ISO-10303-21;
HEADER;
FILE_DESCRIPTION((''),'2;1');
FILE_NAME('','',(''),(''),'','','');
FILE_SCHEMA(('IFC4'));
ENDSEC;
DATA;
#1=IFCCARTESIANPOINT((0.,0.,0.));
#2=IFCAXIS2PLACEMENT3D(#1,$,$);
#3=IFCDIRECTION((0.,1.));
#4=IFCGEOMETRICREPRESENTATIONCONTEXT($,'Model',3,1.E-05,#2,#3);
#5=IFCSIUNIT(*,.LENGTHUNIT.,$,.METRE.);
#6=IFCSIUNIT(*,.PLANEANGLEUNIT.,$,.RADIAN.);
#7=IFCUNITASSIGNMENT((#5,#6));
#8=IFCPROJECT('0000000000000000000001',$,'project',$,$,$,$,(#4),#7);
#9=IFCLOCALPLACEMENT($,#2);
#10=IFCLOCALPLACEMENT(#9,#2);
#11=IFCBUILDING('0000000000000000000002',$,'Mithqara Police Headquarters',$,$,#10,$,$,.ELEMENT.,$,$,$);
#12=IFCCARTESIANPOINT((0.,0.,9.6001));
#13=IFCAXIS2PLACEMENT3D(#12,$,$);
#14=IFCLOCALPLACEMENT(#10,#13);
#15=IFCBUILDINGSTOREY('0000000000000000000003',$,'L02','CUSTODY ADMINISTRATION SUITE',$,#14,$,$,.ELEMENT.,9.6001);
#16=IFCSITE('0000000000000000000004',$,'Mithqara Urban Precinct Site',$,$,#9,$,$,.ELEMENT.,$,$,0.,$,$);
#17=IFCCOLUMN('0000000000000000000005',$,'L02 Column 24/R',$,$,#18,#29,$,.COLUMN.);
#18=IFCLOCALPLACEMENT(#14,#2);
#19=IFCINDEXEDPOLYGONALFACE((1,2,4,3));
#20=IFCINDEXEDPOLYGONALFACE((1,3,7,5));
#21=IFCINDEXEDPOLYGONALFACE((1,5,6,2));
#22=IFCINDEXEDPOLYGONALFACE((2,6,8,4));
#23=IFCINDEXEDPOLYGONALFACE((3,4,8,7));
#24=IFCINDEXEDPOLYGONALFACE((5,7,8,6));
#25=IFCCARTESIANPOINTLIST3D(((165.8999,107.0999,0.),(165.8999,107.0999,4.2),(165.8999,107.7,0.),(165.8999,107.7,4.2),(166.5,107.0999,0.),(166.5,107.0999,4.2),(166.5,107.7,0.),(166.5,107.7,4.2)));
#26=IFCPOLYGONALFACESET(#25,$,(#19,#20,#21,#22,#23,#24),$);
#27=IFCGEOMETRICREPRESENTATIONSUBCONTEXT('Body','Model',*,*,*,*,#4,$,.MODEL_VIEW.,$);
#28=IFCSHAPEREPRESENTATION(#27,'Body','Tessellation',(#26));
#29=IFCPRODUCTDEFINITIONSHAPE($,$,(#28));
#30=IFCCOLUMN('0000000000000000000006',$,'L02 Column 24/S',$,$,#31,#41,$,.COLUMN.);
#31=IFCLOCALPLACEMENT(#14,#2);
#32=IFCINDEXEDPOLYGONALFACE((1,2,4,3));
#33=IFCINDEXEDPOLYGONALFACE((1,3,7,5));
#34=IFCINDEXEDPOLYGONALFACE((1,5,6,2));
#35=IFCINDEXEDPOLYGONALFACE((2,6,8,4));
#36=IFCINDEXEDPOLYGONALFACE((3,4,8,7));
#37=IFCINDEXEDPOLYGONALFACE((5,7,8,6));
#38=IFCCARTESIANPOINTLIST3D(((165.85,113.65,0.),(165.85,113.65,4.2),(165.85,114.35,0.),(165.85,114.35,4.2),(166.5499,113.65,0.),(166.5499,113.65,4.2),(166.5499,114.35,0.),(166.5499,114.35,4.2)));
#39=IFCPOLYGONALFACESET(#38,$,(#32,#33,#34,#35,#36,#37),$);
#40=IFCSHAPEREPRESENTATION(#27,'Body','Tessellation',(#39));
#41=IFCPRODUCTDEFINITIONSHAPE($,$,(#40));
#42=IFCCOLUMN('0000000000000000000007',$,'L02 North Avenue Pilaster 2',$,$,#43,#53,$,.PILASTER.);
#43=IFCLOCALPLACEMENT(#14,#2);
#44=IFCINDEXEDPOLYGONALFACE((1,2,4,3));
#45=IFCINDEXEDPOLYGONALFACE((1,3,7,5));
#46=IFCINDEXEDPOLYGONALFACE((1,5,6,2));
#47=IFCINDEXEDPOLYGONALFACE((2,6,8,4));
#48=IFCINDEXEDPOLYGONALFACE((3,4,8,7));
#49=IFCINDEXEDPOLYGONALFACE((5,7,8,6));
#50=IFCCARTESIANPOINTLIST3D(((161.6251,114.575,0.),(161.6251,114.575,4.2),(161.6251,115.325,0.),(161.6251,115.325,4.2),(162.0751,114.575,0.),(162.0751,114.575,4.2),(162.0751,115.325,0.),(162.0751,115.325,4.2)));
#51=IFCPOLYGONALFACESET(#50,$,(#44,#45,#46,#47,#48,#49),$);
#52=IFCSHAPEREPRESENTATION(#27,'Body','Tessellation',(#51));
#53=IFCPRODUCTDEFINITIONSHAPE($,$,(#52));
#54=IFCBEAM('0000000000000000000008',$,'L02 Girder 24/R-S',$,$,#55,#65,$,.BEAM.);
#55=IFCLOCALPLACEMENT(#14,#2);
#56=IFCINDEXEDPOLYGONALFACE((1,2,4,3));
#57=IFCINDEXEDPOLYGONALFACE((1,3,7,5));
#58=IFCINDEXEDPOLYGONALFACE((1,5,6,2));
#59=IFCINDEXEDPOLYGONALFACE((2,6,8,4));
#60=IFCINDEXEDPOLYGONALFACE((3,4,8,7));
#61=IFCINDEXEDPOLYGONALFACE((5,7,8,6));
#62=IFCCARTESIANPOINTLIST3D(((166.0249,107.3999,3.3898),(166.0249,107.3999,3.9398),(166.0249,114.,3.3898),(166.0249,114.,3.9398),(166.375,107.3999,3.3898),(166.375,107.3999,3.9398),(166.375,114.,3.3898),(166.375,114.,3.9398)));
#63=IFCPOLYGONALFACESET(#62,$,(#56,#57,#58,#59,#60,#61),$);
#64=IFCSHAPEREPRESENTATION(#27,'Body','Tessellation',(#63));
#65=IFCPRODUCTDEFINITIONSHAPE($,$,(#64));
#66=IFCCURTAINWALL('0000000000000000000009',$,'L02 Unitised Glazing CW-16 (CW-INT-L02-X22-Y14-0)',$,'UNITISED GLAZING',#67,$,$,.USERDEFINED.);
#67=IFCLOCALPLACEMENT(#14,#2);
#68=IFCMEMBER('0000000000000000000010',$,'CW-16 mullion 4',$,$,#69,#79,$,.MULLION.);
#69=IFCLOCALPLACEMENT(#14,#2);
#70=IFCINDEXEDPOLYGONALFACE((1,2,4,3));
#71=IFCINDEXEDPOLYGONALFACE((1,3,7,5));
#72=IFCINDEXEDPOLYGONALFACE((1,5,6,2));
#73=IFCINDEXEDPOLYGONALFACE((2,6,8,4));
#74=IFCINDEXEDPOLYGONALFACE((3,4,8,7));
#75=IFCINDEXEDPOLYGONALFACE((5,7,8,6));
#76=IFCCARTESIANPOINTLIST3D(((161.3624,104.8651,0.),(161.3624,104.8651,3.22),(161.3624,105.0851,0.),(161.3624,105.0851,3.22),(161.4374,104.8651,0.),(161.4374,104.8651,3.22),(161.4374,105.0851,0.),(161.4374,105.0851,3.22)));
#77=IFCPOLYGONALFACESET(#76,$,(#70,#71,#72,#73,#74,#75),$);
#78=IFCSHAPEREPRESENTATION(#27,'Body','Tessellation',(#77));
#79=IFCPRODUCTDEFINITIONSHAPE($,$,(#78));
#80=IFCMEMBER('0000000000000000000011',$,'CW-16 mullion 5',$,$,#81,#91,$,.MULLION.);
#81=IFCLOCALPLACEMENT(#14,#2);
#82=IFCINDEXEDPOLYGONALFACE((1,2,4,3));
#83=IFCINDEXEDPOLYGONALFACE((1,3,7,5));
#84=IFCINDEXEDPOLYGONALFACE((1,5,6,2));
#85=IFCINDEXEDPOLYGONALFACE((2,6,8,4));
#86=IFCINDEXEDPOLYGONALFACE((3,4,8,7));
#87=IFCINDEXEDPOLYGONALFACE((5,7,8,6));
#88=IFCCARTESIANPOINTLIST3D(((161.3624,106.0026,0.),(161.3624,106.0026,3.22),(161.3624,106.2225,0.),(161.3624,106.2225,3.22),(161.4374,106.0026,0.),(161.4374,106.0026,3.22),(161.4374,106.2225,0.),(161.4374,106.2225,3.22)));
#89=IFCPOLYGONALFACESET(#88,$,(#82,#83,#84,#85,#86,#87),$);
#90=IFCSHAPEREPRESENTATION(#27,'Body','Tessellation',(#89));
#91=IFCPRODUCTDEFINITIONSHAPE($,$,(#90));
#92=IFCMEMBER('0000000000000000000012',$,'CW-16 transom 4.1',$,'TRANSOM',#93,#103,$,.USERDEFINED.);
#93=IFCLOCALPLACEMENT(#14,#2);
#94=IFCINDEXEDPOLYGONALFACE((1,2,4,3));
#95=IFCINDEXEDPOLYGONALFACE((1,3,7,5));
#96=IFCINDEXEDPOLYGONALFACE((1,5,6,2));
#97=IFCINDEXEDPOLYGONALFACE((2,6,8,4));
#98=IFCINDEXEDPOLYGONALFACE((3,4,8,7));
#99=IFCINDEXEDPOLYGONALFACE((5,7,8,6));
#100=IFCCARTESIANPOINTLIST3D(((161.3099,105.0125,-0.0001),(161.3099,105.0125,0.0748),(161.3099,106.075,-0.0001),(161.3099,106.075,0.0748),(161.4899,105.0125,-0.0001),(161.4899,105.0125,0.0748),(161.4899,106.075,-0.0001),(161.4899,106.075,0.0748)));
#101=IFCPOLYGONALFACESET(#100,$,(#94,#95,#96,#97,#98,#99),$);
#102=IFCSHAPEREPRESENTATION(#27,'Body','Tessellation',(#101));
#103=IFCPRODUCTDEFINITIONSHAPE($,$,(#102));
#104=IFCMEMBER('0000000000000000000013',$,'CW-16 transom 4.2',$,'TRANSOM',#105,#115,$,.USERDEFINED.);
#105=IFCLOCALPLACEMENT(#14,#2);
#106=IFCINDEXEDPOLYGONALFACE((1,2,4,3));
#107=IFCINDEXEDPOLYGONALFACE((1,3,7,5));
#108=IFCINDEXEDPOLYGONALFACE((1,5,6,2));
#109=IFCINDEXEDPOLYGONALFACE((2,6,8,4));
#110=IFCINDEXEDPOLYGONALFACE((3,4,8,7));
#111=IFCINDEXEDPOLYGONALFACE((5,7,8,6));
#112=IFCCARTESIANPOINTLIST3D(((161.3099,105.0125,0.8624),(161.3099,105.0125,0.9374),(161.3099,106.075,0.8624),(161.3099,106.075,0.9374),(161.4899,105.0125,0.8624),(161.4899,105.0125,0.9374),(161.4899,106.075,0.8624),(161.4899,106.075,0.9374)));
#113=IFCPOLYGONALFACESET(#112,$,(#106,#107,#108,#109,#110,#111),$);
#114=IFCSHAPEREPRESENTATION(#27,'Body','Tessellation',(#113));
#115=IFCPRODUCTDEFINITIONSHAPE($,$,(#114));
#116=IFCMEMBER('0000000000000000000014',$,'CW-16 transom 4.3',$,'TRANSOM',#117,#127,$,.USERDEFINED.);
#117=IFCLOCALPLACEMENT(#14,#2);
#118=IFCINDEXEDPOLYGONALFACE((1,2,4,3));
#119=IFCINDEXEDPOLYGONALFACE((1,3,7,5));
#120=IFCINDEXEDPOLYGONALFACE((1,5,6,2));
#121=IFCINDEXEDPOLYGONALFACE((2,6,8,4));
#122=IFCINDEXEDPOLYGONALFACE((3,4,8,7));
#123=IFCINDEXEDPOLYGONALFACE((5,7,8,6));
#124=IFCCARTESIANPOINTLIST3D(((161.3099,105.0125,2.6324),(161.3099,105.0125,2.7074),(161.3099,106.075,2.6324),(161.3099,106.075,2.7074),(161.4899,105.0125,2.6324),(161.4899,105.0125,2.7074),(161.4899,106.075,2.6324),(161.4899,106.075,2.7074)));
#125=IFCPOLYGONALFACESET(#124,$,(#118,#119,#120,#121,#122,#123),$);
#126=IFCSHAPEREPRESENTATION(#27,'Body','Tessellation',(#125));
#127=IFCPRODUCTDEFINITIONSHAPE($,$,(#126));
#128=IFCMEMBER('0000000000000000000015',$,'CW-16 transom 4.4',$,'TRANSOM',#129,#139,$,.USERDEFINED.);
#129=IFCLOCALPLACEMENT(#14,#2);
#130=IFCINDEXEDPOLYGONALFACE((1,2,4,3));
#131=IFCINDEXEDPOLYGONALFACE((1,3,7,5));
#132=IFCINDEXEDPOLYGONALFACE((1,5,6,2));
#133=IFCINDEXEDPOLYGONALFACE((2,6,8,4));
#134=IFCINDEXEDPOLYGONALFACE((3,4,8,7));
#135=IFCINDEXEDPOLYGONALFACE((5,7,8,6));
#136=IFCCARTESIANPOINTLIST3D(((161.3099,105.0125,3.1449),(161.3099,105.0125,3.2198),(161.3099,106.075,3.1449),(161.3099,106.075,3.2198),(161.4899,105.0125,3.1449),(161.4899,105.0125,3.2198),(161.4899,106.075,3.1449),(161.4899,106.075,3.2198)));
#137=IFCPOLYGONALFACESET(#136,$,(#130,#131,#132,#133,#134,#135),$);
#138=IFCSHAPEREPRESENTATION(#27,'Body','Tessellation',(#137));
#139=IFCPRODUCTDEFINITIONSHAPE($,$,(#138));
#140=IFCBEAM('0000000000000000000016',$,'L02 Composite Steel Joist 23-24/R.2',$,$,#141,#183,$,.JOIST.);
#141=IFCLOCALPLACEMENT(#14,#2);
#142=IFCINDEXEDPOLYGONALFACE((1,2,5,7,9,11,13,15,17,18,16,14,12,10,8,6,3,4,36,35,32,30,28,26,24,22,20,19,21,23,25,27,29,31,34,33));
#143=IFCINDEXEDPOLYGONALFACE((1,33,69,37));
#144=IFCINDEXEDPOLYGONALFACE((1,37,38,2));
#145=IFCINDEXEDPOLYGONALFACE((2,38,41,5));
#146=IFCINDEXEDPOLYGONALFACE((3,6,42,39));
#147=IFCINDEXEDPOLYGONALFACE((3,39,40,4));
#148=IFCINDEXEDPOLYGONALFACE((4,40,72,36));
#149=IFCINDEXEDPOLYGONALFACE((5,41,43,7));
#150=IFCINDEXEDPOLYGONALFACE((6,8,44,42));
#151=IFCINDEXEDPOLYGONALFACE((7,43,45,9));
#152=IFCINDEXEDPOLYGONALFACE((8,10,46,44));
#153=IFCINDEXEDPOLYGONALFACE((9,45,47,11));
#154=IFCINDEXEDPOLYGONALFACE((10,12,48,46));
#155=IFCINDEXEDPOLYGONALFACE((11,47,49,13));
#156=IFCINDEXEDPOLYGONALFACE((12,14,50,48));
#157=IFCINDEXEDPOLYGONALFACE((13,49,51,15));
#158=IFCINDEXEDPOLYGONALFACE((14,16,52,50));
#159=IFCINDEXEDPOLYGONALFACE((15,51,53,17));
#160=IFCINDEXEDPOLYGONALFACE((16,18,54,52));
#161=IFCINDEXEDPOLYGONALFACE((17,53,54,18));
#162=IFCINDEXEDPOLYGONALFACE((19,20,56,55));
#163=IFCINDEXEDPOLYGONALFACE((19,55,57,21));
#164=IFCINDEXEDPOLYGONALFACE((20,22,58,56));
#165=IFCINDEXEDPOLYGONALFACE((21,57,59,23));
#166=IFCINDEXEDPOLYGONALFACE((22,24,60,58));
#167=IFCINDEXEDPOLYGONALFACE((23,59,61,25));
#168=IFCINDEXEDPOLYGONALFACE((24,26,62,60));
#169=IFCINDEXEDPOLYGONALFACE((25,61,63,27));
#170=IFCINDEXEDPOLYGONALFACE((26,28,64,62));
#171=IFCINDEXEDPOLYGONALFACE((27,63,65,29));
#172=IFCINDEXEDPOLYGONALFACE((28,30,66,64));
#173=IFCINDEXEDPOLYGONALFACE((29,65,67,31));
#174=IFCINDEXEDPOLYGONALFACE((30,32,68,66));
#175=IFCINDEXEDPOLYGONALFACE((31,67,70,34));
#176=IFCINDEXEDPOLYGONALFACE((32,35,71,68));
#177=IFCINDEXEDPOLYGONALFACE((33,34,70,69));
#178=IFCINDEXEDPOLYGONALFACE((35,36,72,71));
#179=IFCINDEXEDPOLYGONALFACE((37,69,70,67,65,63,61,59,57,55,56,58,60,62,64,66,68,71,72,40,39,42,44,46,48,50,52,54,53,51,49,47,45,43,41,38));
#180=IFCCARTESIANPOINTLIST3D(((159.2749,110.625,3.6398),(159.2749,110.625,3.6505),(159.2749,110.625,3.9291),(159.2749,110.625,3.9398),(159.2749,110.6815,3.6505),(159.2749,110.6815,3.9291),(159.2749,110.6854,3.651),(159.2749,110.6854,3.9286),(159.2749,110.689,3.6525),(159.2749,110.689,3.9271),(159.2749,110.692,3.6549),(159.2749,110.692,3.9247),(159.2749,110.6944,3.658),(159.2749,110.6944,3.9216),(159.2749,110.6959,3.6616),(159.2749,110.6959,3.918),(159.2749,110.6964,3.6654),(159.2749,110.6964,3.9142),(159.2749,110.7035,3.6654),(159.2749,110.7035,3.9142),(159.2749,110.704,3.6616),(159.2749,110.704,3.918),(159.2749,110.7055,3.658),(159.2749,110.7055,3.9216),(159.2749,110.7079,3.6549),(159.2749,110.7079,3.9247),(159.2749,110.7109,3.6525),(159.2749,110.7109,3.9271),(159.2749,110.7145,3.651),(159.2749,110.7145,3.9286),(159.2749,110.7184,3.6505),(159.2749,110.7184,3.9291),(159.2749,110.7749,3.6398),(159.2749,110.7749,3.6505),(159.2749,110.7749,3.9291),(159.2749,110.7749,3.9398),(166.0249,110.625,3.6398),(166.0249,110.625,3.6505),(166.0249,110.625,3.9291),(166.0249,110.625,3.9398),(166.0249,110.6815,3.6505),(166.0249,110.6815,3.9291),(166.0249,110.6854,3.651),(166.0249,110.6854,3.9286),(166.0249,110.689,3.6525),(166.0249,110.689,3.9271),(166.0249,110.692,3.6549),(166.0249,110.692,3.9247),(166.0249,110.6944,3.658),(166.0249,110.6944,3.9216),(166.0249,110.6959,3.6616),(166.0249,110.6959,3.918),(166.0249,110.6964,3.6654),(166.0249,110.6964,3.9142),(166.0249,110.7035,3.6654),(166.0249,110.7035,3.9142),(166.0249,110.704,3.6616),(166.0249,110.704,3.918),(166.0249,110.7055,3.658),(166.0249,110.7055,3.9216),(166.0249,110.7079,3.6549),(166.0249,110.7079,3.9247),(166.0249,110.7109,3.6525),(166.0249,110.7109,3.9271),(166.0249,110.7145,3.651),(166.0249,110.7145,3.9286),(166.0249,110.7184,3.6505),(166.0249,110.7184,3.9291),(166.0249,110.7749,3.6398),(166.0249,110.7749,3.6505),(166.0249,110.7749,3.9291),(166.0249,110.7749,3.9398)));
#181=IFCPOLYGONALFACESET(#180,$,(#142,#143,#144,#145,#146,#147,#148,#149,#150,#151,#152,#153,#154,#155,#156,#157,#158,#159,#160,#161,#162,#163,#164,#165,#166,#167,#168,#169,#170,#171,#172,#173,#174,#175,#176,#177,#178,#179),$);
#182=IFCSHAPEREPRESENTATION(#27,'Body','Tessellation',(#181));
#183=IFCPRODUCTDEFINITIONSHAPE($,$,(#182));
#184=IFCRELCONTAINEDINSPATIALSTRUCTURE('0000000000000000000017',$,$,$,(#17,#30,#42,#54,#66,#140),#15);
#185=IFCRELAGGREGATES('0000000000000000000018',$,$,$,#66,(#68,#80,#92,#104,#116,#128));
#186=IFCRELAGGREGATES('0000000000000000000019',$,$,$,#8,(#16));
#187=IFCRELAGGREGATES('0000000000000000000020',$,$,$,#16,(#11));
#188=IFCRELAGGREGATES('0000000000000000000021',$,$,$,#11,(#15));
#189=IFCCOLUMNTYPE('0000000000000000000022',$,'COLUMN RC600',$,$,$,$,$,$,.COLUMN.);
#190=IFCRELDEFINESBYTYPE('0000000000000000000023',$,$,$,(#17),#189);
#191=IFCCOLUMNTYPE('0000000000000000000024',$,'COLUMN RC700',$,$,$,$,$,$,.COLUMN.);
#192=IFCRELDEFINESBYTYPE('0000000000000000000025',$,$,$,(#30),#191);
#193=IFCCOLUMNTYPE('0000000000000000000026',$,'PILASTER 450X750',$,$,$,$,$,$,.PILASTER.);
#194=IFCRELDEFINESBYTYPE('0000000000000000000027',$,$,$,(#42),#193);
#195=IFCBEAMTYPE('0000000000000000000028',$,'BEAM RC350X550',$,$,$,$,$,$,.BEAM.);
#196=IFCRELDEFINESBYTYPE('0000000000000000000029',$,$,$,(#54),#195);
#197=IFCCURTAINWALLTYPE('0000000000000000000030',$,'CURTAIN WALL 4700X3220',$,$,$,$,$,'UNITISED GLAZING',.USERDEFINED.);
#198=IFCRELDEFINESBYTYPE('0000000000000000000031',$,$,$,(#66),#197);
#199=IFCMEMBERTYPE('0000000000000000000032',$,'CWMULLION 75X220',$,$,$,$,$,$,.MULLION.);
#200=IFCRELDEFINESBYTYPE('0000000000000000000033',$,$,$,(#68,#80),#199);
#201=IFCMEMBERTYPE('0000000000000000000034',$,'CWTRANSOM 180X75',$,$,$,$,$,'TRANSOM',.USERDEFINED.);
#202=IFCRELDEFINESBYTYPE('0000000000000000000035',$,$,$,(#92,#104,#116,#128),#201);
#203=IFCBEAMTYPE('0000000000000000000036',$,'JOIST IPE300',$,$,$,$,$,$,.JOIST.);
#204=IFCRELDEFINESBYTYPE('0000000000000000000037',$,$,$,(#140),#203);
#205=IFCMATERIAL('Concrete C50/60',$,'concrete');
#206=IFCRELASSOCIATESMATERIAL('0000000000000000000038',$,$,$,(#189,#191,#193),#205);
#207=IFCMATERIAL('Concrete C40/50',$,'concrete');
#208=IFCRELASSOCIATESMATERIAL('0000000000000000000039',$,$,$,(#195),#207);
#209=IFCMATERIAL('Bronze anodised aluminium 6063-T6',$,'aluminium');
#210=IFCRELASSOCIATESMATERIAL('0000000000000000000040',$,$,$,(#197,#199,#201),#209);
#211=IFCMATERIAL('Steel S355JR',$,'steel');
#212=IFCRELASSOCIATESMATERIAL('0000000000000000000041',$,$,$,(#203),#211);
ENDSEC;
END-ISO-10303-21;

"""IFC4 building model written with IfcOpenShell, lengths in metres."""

from ifc_helpers import new_model, si_unit, direction, frame, origin, origin_2d, place, context, subcontext, project, spatial, rectangle, i_section, extrude, material, material_profile, profile_set, type_object, element, aggregate, save


model = new_model("IFC4")

# Units and contexts
model_context = context("Model", 3, precision=1e-05, world=origin(), true_north=direction((0.0, 1.0)))
body_context = subcontext(model_context, "Body", "Model", "MODEL_VIEW")
ifc_project = project(units=[si_unit("LENGTHUNIT", "METRE"), si_unit("PLANEANGLEUNIT", "RADIAN")], contexts=[model_context])

# Site, building, storey
site_placement = place(None, origin())
site = spatial("IfcSite", under=ifc_project, at=site_placement, Name="Mithqara Urban Precinct Site", CompositionType="ELEMENT", RefElevation=0.0)
building_placement = place(site_placement, origin())
building = spatial("IfcBuilding", under=site, at=building_placement, Name="Mithqara Police Headquarters", CompositionType="ELEMENT")
storey_placement = place(building_placement, frame((0.0, 0.0, 9.6001)))
storey = spatial("IfcBuildingStorey", under=building, at=storey_placement, Name="L02", Description="CUSTODY ADMINISTRATION SUITE", CompositionType="ELEMENT", Elevation=9.6001)

# Columns
ifc_material_1 = material(Name="Concrete C50/60", Category="concrete")
ifc_material_profile_1 = material_profile(ifc_material_1, rectangle(XDim=0.6001, YDim=0.6001, at=origin_2d()), Name="RC 600x600")
ifc_profile_set_1 = profile_set([ifc_material_profile_1], Name="Concrete C50/60")
column_type_1 = type_object("IfcColumnType", Name="COLUMN RC600", PredefinedType="COLUMN", material=ifc_profile_set_1)
column_1_placement = place(storey_placement, frame((166.2, 107.3999, 0.0), z_axis=(0.0, 0.0, 1.0), x_axis=(1.0, 0.0, 0.0)))
element("IfcColumn", 1, at=column_1_placement, inside=storey, type_object=column_type_1, Name="L02 Column 24/R", PredefinedType="COLUMN", context=body_context, shape_type="SweptSolid", body=[
    extrude(rectangle(XDim=0.6001, YDim=0.6001, at=origin_2d()), origin(), (0.0, 0.0, 1.0), 4.2),
])
ifc_material_profile_2 = material_profile(ifc_material_1, rectangle(XDim=0.7, YDim=0.7, at=origin_2d()), Name="RC 700x700")
ifc_profile_set_2 = profile_set([ifc_material_profile_2], Name="Concrete C50/60")
column_type_2 = type_object("IfcColumnType", Name="COLUMN RC700", PredefinedType="COLUMN", material=ifc_profile_set_2)
column_2_placement = place(storey_placement, frame((166.2, 114.0, 0.0), z_axis=(0.0, 0.0, 1.0), x_axis=(1.0, 0.0, 0.0)))
element("IfcColumn", 2, at=column_2_placement, inside=storey, type_object=column_type_2, Name="L02 Column 24/S", PredefinedType="COLUMN", context=body_context, shape_type="SweptSolid", body=[
    extrude(rectangle(XDim=0.7, YDim=0.7, at=origin_2d()), origin(), (0.0, 0.0, 1.0), 4.2),
])
ifc_material_profile_3 = material_profile(ifc_material_1, rectangle(XDim=0.45, YDim=0.75, at=origin_2d()), Name="PIL 450x750")
ifc_profile_set_3 = profile_set([ifc_material_profile_3], Name="Concrete C50/60")
column_type_3 = type_object("IfcColumnType", Name="PILASTER 450X750", PredefinedType="PILASTER", material=ifc_profile_set_3)
column_3_placement = place(storey_placement, frame((161.8501, 114.95, 0.0), z_axis=(0.0, 0.0, 1.0), x_axis=(1.0, 0.0, 0.0)))
element("IfcColumn", 3, at=column_3_placement, inside=storey, type_object=column_type_3, Name="L02 North Avenue Pilaster 2", PredefinedType="PILASTER", context=body_context, shape_type="SweptSolid", body=[
    extrude(rectangle(XDim=0.45, YDim=0.75, at=origin_2d()), origin(), (0.0, 0.0, 1.0), 4.2),
])

# Beam
ifc_material_2 = material(Name="Concrete C40/50", Category="concrete")
ifc_material_profile_4 = material_profile(ifc_material_2, rectangle(XDim=0.3501, YDim=0.55, at=origin_2d()), Name="RC 350x550")
ifc_profile_set_4 = profile_set([ifc_material_profile_4], Name="Concrete C40/50")
beam_type_1 = type_object("IfcBeamType", Name="BEAM RC350X550", PredefinedType="BEAM", material=ifc_profile_set_4)
beam_1_placement = place(storey_placement, frame((166.2, 107.3999, 3.6648), z_axis=(0.0, 1.0, 0.0), x_axis=(-1.0, 0.0, 0.0)))
element("IfcBeam", 4, at=beam_1_placement, inside=storey, type_object=beam_type_1, Name="L02 Girder 24/R-S", PredefinedType="BEAM", context=body_context, shape_type="SweptSolid", body=[
    extrude(rectangle(XDim=0.3501, YDim=0.55, at=origin_2d()), origin(), (0.0, 0.0, 1.0), 6.6001),
])

# Curtain wall, members
ifc_material_3 = material(Name="Bronze anodised aluminium 6063-T6", Category="aluminium")
curtain_wall_type = type_object("IfcCurtainWallType", Name="CURTAIN WALL 4700X3220", ElementType="UNITISED GLAZING", PredefinedType="USERDEFINED", material=ifc_material_3)
curtain_wall_placement = place(storey_placement, origin())
curtain_wall = element("IfcCurtainWall", 5, at=curtain_wall_placement, inside=storey, type_object=curtain_wall_type, Name="L02 Unitised Glazing CW-16 (CW-INT-L02-X22-Y14-0)", ObjectType="UNITISED GLAZING", PredefinedType="USERDEFINED")
ifc_material_profile_5 = material_profile(ifc_material_3, rectangle(XDim=0.075, YDim=0.22, at=origin_2d()), Name="CWM 75x220")
ifc_profile_set_5 = profile_set([ifc_material_profile_5], Name="Bronze anodised aluminium 6063-T6")
member_type_1 = type_object("IfcMemberType", Name="CWMULLION 75X220", PredefinedType="MULLION", material=ifc_profile_set_5)
member_1_placement = place(storey_placement, frame((161.3999, 104.9751, 0.0), z_axis=(0.0, 0.0, 1.0), x_axis=(-1.0, 0.0, 0.0)))
member_1 = element("IfcMember", 6, at=member_1_placement, type_object=member_type_1, Name="CW-16 mullion 4", PredefinedType="MULLION", context=body_context, shape_type="SweptSolid", body=[
    extrude(rectangle(XDim=0.075, YDim=0.22, at=origin_2d()), origin(), (0.0, 0.0, 1.0), 3.22),
])
member_2_placement = place(storey_placement, frame((161.3999, 106.1125, 0.0), z_axis=(0.0, 0.0, 1.0), x_axis=(-1.0, 0.0, 0.0)))
member_2 = element("IfcMember", 7, at=member_2_placement, type_object=member_type_1, Name="CW-16 mullion 5", PredefinedType="MULLION", context=body_context, shape_type="SweptSolid", body=[
    extrude(rectangle(XDim=0.075, YDim=0.22, at=origin_2d()), origin(), (0.0, 0.0, 1.0), 3.22),
])
ifc_material_profile_6 = material_profile(ifc_material_3, rectangle(XDim=0.1799, YDim=0.075, at=origin_2d()), Name="CWT 180x75")
ifc_profile_set_6 = profile_set([ifc_material_profile_6], Name="Bronze anodised aluminium 6063-T6")
member_type_2 = type_object("IfcMemberType", Name="CWTRANSOM 180X75", ElementType="TRANSOM", PredefinedType="USERDEFINED", material=ifc_profile_set_6)
member_3_placement = place(storey_placement, frame((161.3999, 105.0125, 0.0374), z_axis=(0.0, 1.0, 0.0), x_axis=(-1.0, 0.0, 0.0)))
member_3 = element("IfcMember", 8, at=member_3_placement, type_object=member_type_2, Name="CW-16 transom 4.1", ObjectType="TRANSOM", PredefinedType="USERDEFINED", context=body_context, shape_type="SweptSolid", body=[
    extrude(rectangle(XDim=0.1799, YDim=0.075, at=origin_2d()), origin(), (0.0, 0.0, 1.0), 1.0625),
])
member_4_placement = place(storey_placement, frame((161.3999, 105.0125, 0.8999), z_axis=(0.0, 1.0, 0.0), x_axis=(-1.0, 0.0, 0.0)))
member_4 = element("IfcMember", 9, at=member_4_placement, type_object=member_type_2, Name="CW-16 transom 4.2", ObjectType="TRANSOM", PredefinedType="USERDEFINED", context=body_context, shape_type="SweptSolid", body=[
    extrude(rectangle(XDim=0.1799, YDim=0.075, at=origin_2d()), origin(), (0.0, 0.0, 1.0), 1.0625),
])
member_5_placement = place(storey_placement, frame((161.3999, 105.0125, 2.6699), z_axis=(0.0, 1.0, 0.0), x_axis=(-1.0, 0.0, 0.0)))
member_5 = element("IfcMember", 10, at=member_5_placement, type_object=member_type_2, Name="CW-16 transom 4.3", ObjectType="TRANSOM", PredefinedType="USERDEFINED", context=body_context, shape_type="SweptSolid", body=[
    extrude(rectangle(XDim=0.1799, YDim=0.075, at=origin_2d()), origin(), (0.0, 0.0, 1.0), 1.0625),
])
member_6_placement = place(storey_placement, frame((161.3999, 105.0125, 3.1824), z_axis=(0.0, 1.0, 0.0), x_axis=(-1.0, 0.0, 0.0)))
member_6 = element("IfcMember", 11, at=member_6_placement, type_object=member_type_2, Name="CW-16 transom 4.4", ObjectType="TRANSOM", PredefinedType="USERDEFINED", context=body_context, shape_type="SweptSolid", body=[
    extrude(rectangle(XDim=0.1799, YDim=0.075, at=origin_2d()), origin(), (0.0, 0.0, 1.0), 1.0625),
])

# Beam
ifc_material_4 = material(Name="Steel S355JR", Category="steel")
ifc_material_profile_7 = material_profile(ifc_material_4, i_section(OverallWidth=0.1499, OverallDepth=0.3, WebThickness=0.0071, FlangeThickness=0.0107, FilletRadius=0.0149, at=origin_2d()), Name="IPE 300")
ifc_profile_set_7 = profile_set([ifc_material_profile_7], Name="Steel S355JR")
beam_type_2 = type_object("IfcBeamType", Name="JOIST IPE300", PredefinedType="JOIST", material=ifc_profile_set_7)
beam_2_placement = place(storey_placement, frame((159.2749, 110.7, 3.7898), z_axis=(1.0, 0.0, 0.0), x_axis=(0.0, 1.0, 0.0)))
element("IfcBeam", 12, at=beam_2_placement, inside=storey, type_object=beam_type_2, Name="L02 Composite Steel Joist 23-24/R.2", PredefinedType="JOIST", context=body_context, shape_type="SweptSolid", body=[
    extrude(i_section(OverallWidth=0.1499, OverallDepth=0.3, WebThickness=0.0071, FlangeThickness=0.0107, FilletRadius=0.0149, at=origin_2d()), origin(), (0.0, 0.0, 1.0), 6.75),
])

aggregate(curtain_wall, [member_1, member_2, member_3, member_4, member_5, member_6])

save(model, "model.ifc")
